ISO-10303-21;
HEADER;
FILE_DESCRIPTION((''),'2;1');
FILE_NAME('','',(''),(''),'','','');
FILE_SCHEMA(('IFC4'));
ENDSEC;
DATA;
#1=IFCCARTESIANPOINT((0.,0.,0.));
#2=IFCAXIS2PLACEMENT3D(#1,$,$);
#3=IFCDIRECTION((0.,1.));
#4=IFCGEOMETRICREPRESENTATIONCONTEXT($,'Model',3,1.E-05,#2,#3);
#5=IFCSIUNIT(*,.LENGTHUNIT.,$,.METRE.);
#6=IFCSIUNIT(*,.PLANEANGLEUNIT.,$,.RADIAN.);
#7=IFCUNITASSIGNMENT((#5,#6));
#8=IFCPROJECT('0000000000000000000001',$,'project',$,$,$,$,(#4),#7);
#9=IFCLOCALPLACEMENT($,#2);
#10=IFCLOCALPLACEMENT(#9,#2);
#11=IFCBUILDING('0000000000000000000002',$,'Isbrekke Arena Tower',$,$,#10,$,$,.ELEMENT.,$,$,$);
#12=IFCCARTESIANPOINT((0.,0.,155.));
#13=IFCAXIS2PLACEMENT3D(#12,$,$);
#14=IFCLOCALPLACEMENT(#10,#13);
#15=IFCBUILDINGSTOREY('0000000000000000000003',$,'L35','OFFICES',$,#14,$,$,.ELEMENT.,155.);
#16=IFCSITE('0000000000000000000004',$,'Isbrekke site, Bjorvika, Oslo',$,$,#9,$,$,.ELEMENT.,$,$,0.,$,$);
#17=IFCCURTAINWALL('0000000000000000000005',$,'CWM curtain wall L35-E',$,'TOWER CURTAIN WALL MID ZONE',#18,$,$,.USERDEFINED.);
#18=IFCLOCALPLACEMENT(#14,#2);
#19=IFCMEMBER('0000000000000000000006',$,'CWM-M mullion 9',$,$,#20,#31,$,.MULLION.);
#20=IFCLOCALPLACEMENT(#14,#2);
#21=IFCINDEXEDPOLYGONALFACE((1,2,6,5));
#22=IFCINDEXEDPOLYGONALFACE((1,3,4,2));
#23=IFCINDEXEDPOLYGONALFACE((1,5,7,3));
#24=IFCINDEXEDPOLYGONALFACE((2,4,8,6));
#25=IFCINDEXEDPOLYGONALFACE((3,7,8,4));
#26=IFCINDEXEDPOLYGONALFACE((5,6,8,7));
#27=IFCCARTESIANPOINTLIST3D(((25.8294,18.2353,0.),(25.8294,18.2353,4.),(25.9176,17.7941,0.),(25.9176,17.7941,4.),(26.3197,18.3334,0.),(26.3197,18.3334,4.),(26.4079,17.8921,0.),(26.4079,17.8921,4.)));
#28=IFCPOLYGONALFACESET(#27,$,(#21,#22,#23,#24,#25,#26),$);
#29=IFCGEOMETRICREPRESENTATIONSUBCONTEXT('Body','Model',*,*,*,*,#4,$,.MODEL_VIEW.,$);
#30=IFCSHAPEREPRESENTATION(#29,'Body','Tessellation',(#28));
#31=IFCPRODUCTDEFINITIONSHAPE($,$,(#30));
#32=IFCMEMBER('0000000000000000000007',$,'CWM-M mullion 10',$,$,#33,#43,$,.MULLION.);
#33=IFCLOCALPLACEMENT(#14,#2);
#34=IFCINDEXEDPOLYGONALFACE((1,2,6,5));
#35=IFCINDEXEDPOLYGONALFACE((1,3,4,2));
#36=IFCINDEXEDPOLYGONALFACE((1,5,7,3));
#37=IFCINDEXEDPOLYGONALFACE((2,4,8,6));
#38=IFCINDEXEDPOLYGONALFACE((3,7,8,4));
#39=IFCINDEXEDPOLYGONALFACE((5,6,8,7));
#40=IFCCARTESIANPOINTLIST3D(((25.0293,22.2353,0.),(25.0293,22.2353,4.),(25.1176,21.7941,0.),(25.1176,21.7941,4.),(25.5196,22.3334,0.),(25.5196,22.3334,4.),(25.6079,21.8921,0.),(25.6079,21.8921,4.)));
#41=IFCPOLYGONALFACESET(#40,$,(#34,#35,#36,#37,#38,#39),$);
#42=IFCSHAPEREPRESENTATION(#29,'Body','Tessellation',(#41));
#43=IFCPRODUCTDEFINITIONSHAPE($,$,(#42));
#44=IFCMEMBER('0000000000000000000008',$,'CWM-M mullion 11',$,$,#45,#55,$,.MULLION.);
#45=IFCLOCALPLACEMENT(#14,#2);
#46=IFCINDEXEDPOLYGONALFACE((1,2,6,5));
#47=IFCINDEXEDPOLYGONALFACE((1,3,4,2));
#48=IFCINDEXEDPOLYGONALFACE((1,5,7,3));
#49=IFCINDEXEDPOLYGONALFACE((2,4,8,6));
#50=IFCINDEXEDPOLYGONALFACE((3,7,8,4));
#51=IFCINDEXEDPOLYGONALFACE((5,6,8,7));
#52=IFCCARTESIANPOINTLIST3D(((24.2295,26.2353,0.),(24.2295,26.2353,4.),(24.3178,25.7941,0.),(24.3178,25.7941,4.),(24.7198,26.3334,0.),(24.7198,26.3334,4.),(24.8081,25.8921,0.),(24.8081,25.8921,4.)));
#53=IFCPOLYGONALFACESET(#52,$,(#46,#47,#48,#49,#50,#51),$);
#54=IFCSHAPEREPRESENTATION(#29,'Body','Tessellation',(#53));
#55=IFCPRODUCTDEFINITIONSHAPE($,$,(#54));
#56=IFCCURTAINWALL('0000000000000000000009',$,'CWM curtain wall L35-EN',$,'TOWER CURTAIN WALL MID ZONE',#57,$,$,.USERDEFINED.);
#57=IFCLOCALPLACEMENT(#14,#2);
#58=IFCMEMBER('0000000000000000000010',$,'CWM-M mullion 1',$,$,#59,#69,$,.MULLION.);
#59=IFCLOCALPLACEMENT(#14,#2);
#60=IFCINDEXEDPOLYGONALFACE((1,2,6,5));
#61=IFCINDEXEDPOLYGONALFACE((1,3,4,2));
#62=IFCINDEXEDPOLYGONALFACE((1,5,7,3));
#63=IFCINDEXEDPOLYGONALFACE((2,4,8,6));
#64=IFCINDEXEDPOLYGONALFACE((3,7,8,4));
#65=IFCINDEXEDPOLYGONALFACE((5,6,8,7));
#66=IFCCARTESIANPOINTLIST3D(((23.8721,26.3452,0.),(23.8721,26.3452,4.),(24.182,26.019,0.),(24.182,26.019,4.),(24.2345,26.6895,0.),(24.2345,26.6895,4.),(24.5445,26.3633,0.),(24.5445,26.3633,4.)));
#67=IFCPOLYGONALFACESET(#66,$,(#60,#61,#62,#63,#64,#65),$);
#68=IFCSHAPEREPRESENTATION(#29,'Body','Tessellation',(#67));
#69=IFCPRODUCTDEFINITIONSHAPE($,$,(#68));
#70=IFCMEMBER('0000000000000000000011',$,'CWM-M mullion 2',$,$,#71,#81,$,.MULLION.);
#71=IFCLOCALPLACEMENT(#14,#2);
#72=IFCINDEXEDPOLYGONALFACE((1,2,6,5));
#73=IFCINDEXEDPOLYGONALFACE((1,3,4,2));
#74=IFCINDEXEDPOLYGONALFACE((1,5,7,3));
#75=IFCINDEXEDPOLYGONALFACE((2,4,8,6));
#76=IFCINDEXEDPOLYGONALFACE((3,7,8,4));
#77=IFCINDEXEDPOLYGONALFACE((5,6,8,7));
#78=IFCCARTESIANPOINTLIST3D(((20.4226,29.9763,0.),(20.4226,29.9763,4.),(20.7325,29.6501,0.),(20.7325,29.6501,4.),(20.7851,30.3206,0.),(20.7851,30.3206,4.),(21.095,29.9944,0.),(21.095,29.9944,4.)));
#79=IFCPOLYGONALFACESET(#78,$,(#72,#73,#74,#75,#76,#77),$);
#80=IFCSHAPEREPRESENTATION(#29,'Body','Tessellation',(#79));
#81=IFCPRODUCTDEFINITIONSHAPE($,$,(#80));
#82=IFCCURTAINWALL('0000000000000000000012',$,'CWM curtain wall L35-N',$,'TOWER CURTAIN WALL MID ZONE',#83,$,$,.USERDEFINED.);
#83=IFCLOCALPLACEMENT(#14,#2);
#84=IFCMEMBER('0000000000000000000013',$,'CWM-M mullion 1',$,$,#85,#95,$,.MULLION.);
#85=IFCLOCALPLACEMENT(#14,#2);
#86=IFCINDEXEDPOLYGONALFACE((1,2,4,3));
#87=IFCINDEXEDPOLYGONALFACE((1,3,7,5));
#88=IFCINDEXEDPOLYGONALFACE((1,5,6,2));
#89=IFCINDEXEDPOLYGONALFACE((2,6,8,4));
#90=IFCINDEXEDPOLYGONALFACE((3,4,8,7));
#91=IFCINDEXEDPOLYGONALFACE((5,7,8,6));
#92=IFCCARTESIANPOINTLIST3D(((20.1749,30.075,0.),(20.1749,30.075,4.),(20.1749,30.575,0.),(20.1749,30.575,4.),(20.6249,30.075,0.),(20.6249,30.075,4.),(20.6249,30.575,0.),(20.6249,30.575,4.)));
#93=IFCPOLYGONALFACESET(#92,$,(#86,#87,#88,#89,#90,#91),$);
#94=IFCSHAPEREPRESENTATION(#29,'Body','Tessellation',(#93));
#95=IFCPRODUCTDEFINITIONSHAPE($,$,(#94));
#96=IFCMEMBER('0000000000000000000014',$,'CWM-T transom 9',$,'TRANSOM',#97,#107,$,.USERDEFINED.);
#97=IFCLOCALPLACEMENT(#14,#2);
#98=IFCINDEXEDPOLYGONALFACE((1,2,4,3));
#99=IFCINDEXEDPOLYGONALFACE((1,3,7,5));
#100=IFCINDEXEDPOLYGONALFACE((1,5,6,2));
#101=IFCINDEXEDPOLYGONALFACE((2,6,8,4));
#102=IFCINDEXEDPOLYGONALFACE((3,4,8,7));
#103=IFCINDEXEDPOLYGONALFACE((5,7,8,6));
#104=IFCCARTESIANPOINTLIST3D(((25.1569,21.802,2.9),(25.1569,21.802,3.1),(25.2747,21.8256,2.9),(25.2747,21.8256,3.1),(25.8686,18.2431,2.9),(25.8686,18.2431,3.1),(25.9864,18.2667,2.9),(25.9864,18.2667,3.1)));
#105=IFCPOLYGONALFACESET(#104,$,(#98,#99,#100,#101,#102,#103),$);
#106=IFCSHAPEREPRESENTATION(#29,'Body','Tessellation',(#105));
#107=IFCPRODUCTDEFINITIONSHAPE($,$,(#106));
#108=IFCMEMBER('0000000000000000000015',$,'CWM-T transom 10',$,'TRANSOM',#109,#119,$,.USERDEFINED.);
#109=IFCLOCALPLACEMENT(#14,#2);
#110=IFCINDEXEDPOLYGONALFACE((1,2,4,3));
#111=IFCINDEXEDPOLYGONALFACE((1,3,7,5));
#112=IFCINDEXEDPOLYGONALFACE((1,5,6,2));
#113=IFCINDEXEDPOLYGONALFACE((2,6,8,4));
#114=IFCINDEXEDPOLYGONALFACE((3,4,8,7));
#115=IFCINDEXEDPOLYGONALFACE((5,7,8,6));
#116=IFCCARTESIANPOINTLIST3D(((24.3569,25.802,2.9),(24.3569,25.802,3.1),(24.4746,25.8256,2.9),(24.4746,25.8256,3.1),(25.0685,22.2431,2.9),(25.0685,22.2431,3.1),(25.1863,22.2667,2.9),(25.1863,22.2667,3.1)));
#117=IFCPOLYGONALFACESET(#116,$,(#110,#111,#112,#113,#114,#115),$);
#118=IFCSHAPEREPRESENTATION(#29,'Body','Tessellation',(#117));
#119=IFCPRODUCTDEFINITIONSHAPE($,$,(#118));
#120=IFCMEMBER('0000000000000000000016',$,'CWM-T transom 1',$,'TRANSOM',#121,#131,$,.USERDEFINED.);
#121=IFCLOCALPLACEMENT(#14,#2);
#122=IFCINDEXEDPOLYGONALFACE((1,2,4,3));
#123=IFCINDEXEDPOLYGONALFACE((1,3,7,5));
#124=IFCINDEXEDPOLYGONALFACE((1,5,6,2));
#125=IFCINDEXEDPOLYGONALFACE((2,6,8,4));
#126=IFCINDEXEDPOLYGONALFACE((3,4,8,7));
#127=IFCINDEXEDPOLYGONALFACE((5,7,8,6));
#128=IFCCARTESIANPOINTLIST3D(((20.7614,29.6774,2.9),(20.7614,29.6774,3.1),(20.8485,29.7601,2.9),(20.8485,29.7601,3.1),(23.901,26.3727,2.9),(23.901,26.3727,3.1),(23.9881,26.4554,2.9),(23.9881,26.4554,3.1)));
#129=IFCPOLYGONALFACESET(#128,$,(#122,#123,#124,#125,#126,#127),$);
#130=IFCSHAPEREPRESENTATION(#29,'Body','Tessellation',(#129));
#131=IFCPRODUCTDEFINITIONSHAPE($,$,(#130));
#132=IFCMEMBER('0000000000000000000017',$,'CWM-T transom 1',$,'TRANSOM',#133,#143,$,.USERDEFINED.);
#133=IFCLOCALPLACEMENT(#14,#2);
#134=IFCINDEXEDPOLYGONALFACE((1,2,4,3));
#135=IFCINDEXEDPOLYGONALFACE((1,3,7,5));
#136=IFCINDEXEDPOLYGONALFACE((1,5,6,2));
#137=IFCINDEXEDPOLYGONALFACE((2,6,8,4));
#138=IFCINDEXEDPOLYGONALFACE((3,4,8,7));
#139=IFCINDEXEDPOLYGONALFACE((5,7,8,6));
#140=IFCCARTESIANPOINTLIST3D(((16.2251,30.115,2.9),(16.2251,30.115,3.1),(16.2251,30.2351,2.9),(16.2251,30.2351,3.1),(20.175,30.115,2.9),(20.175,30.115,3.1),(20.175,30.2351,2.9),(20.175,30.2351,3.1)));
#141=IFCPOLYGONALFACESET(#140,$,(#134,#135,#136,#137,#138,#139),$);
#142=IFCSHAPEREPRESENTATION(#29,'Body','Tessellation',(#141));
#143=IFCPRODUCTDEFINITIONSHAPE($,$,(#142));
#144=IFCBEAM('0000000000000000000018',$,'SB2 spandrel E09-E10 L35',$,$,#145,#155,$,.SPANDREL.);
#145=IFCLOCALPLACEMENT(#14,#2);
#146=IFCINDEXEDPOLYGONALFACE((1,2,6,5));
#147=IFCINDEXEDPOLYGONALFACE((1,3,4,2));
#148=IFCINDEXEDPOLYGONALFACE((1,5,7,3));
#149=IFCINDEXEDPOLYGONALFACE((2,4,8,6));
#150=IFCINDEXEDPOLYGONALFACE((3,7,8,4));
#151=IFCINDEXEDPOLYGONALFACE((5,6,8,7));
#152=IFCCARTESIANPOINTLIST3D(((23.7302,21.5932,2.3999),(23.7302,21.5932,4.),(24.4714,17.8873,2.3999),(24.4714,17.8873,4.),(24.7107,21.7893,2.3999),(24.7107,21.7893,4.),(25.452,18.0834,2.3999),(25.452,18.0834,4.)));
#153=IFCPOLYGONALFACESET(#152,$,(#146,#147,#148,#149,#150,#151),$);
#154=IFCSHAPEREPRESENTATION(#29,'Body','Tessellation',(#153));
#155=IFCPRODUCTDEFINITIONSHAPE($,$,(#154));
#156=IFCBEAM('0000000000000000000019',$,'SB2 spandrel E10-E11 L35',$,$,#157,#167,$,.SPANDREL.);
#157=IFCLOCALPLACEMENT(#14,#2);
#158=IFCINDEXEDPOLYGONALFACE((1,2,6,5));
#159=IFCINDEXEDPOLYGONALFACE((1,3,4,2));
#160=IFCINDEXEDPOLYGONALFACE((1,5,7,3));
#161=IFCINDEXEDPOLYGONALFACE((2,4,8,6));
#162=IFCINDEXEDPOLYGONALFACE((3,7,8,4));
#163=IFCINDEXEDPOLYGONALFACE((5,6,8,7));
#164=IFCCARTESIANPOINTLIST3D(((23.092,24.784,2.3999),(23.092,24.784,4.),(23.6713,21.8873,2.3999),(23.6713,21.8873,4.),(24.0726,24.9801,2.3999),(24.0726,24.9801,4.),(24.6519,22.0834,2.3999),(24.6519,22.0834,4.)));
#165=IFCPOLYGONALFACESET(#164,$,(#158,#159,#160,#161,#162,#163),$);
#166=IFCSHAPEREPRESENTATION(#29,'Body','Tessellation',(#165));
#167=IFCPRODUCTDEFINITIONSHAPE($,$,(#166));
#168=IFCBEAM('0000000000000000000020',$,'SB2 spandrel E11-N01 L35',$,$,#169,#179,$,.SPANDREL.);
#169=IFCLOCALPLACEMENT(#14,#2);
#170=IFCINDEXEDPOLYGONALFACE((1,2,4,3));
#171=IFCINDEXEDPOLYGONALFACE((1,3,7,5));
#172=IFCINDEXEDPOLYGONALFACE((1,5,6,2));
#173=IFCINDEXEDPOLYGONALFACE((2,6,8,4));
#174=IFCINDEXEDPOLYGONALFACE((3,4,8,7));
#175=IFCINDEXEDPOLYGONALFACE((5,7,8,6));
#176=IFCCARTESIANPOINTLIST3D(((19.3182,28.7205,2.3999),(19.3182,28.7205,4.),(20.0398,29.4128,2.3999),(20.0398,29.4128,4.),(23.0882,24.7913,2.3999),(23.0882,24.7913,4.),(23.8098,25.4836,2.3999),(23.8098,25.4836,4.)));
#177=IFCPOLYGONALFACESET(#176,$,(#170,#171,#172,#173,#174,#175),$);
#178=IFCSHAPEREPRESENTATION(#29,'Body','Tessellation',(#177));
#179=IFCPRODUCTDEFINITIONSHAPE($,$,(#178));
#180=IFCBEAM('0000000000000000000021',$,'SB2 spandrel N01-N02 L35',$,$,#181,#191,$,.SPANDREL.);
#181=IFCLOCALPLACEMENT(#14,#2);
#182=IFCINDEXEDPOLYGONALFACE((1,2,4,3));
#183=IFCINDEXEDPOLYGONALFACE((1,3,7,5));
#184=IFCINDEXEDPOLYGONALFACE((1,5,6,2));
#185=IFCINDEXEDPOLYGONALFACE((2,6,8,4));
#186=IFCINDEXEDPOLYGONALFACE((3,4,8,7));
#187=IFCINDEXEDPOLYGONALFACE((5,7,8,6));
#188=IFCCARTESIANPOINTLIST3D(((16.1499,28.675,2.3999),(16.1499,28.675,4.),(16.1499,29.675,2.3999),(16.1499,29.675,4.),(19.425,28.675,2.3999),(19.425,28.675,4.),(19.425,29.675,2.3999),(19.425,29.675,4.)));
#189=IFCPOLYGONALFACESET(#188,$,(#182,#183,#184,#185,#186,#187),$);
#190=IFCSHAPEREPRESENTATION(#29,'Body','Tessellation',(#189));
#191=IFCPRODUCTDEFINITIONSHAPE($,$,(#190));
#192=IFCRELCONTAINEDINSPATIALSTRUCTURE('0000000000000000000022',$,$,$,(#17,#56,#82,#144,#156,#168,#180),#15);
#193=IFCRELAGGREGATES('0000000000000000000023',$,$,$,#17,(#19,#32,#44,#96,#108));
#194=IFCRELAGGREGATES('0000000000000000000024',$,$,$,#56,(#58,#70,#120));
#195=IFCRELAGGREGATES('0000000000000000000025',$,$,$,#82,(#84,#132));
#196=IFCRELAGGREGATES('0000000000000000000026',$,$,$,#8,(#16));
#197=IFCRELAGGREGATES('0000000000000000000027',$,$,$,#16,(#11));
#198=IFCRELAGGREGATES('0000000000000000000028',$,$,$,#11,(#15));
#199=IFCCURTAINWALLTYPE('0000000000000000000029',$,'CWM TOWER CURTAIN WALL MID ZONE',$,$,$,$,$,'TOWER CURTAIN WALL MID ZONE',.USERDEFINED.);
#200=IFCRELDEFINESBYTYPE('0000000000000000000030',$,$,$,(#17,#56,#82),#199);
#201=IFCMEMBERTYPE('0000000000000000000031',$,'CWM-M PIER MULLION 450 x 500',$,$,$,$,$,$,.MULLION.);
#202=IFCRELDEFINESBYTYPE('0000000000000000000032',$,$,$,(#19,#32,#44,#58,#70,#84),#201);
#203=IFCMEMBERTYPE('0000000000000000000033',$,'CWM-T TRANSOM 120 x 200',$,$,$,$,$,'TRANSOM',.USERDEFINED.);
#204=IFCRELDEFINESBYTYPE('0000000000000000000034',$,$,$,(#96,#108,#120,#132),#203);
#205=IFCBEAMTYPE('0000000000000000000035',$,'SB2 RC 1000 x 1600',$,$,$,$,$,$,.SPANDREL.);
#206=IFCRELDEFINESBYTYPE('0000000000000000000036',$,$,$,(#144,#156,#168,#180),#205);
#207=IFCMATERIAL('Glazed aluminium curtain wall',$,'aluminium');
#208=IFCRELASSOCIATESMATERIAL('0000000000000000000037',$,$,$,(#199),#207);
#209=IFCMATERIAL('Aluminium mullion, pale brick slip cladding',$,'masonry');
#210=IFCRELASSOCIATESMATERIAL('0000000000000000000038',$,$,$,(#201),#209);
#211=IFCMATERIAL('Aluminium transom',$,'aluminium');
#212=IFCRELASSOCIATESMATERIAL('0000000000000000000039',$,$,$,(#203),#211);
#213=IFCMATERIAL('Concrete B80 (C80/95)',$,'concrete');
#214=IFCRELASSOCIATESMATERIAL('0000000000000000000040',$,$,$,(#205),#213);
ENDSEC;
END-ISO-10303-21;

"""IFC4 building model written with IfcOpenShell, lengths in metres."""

from ifc_helpers import new_model, si_unit, direction, frame, origin, origin_2d, place, context, subcontext, project, spatial, rectangle, extrude, material, material_profile, profile_set, type_object, element, aggregate, save


model = new_model("IFC4")

# Units and contexts
model_context = context("Model", 3, precision=1e-05, world=origin(), true_north=direction((0.0, 1.0)))
body_context = subcontext(model_context, "Body", "Model", "MODEL_VIEW")
ifc_project = project(units=[si_unit("LENGTHUNIT", "METRE"), si_unit("PLANEANGLEUNIT", "RADIAN")], contexts=[model_context])

# Site, building, storey
site_placement = place(None, origin())
site = spatial("IfcSite", under=ifc_project, at=site_placement, Name="Isbrekke site, Bjorvika, Oslo", CompositionType="ELEMENT", RefElevation=0.0)
building_placement = place(site_placement, origin())
building = spatial("IfcBuilding", under=site, at=building_placement, Name="Isbrekke Arena Tower", CompositionType="ELEMENT")
storey_placement = place(building_placement, frame((0.0, 0.0, 155.0)))
storey = spatial("IfcBuildingStorey", under=building, at=storey_placement, Name="L35", Description="OFFICES", CompositionType="ELEMENT", Elevation=155.0)

# Curtain walls, members
ifc_material_1 = material(Name="Glazed aluminium curtain wall", Category="aluminium")
curtain_wall_type = type_object("IfcCurtainWallType", Name="CWM TOWER CURTAIN WALL MID ZONE", ElementType="TOWER CURTAIN WALL MID ZONE", PredefinedType="USERDEFINED", material=ifc_material_1)
curtain_wall_1_placement = place(storey_placement, origin())
curtain_wall_1 = element("IfcCurtainWall", 1, at=curtain_wall_1_placement, inside=storey, type_object=curtain_wall_type, Name="CWM curtain wall L35-E", ObjectType="TOWER CURTAIN WALL MID ZONE", PredefinedType="USERDEFINED")
ifc_material_2 = material(Name="Aluminium mullion, pale brick slip cladding", Category="masonry")
ifc_material_profile_1 = material_profile(ifc_material_2, rectangle(XDim=0.45, YDim=0.5, at=origin_2d()), Name="PIER 450X500")
ifc_profile_set_1 = profile_set([ifc_material_profile_1], Name="Aluminium mullion, pale brick slip cladding")
member_type_1 = type_object("IfcMemberType", Name="CWM-M PIER MULLION 450 x 500", PredefinedType="MULLION", material=ifc_profile_set_1)
member_1_placement = place(storey_placement, frame((26.1187, 18.0637, 0.0), z_axis=(0.0, 0.0, 1.0), x_axis=(-0.196116, 0.980581, 0.0)))
member_1 = element("IfcMember", 2, at=member_1_placement, type_object=member_type_1, Name="CWM-M mullion 9", PredefinedType="MULLION", context=body_context, shape_type="SweptSolid", body=[
    extrude(rectangle(XDim=0.45, YDim=0.5, at=origin_2d()), origin(), (0.0, 0.0, 1.0), 4.0),
])
member_2_placement = place(storey_placement, frame((25.3186, 22.0637, 0.0), z_axis=(0.0, 0.0, 1.0), x_axis=(-0.196116, 0.980581, 0.0)))
member_2 = element("IfcMember", 3, at=member_2_placement, type_object=member_type_1, Name="CWM-M mullion 10", PredefinedType="MULLION", context=body_context, shape_type="SweptSolid", body=[
    extrude(rectangle(XDim=0.45, YDim=0.5, at=origin_2d()), origin(), (0.0, 0.0, 1.0), 4.0),
])
member_3_placement = place(storey_placement, frame((24.5188, 26.0637, 0.0), z_axis=(0.0, 0.0, 1.0), x_axis=(-0.196116, 0.980581, 0.0)))
member_3 = element("IfcMember", 4, at=member_3_placement, type_object=member_type_1, Name="CWM-M mullion 11", PredefinedType="MULLION", context=body_context, shape_type="SweptSolid", body=[
    extrude(rectangle(XDim=0.45, YDim=0.5, at=origin_2d()), origin(), (0.0, 0.0, 1.0), 4.0),
])
curtain_wall_2_placement = place(storey_placement, origin())
curtain_wall_2 = element("IfcCurtainWall", 5, at=curtain_wall_2_placement, inside=storey, type_object=curtain_wall_type, Name="CWM curtain wall L35-EN", ObjectType="TOWER CURTAIN WALL MID ZONE", PredefinedType="USERDEFINED")
member_4_placement = place(storey_placement, frame((24.2083, 26.3542, 0.0), z_axis=(0.0, 0.0, 1.0), x_axis=(-0.688749, 0.724999, 0.0)))
member_4 = element("IfcMember", 6, at=member_4_placement, type_object=member_type_1, Name="CWM-M mullion 1", PredefinedType="MULLION", context=body_context, shape_type="SweptSolid", body=[
    extrude(rectangle(XDim=0.45, YDim=0.5, at=origin_2d()), origin(), (0.0, 0.0, 1.0), 4.0),
])
member_5_placement = place(storey_placement, frame((20.7588, 29.9854, 0.0), z_axis=(0.0, 0.0, 1.0), x_axis=(-0.688749, 0.724999, 0.0)))
member_5 = element("IfcMember", 7, at=member_5_placement, type_object=member_type_1, Name="CWM-M mullion 2", PredefinedType="MULLION", context=body_context, shape_type="SweptSolid", body=[
    extrude(rectangle(XDim=0.45, YDim=0.5, at=origin_2d()), origin(), (0.0, 0.0, 1.0), 4.0),
])

# Curtain wall, member
curtain_wall_3_placement = place(storey_placement, origin())
curtain_wall_3 = element("IfcCurtainWall", 8, at=curtain_wall_3_placement, inside=storey, type_object=curtain_wall_type, Name="CWM curtain wall L35-N", ObjectType="TOWER CURTAIN WALL MID ZONE", PredefinedType="USERDEFINED")
member_6_placement = place(storey_placement, frame((20.3999, 30.325, 0.0), z_axis=(0.0, 0.0, 1.0), x_axis=(-1.0, 0.0, 0.0)))
member_6 = element("IfcMember", 9, at=member_6_placement, type_object=member_type_1, Name="CWM-M mullion 1", PredefinedType="MULLION", context=body_context, shape_type="SweptSolid", body=[
    extrude(rectangle(XDim=0.45, YDim=0.5, at=origin_2d()), origin(), (0.0, 0.0, 1.0), 4.0),
])

# Members
ifc_material_3 = material(Name="Aluminium transom", Category="aluminium")
ifc_material_profile_2 = material_profile(ifc_material_3, rectangle(XDim=0.1201, YDim=0.2, at=origin_2d()), Name="TRANSOM 120X200")
ifc_profile_set_2 = profile_set([ifc_material_profile_2], Name="Aluminium transom")
member_type_2 = type_object("IfcMemberType", Name="CWM-T TRANSOM 120 x 200", ElementType="TRANSOM", PredefinedType="USERDEFINED", material=ifc_profile_set_2)
member_7_placement = place(storey_placement, frame((25.9275, 18.2549, 3.0), z_axis=(-0.19609, 0.980586, 0.0), x_axis=(-0.980586, -0.19609, 0.0)))
member_7 = element("IfcMember", 10, at=member_7_placement, type_object=member_type_2, Name="CWM-T transom 9", ObjectType="TRANSOM", PredefinedType="USERDEFINED", context=body_context, shape_type="SweptSolid", body=[
    extrude(rectangle(XDim=0.1201, YDim=0.2, at=origin_2d()), origin(), (0.0, 0.0, 1.0), 3.6294),
])
member_8_placement = place(storey_placement, frame((25.1274, 22.2549, 3.0), z_axis=(-0.19609, 0.980586, 0.0), x_axis=(-0.980586, -0.19609, 0.0)))
member_8 = element("IfcMember", 11, at=member_8_placement, type_object=member_type_2, Name="CWM-T transom 10", ObjectType="TRANSOM", PredefinedType="USERDEFINED", context=body_context, shape_type="SweptSolid", body=[
    extrude(rectangle(XDim=0.1201, YDim=0.2, at=origin_2d()), origin(), (0.0, 0.0, 1.0), 3.6294),
])
member_9_placement = place(storey_placement, frame((23.9446, 26.4141, 3.0), z_axis=(-0.688772, 0.724978, 0.0), x_axis=(-0.724978, -0.688772, 0.0)))
member_9 = element("IfcMember", 12, at=member_9_placement, type_object=member_type_2, Name="CWM-T transom 1", ObjectType="TRANSOM", PredefinedType="USERDEFINED", context=body_context, shape_type="SweptSolid", body=[
    extrude(rectangle(XDim=0.1201, YDim=0.2, at=origin_2d()), origin(), (0.0, 0.0, 1.0), 4.5583),
])
member_10_placement = place(storey_placement, frame((20.175, 30.175, 3.0), z_axis=(-1.0, 0.0, 0.0), x_axis=(0.0, -1.0, 0.0)))
member_10 = element("IfcMember", 13, at=member_10_placement, type_object=member_type_2, Name="CWM-T transom 1", ObjectType="TRANSOM", PredefinedType="USERDEFINED", context=body_context, shape_type="SweptSolid", body=[
    extrude(rectangle(XDim=0.1201, YDim=0.2, at=origin_2d()), origin(), (0.0, 0.0, 1.0), 3.95),
])

# Beams
ifc_material_4 = material(Name="Concrete B80 (C80/95)", Category="concrete")
ifc_material_profile_3 = material_profile(ifc_material_4, rectangle(XDim=1.0, YDim=1.6001, at=origin_2d()), Name="RC 1000x1600")
ifc_profile_set_3 = profile_set([ifc_material_profile_3], Name="Concrete B80 (C80/95)")
beam_type_1 = type_object("IfcBeamType", Name="SB2 RC 1000 x 1600", PredefinedType="SPANDREL", material=ifc_profile_set_3)
beam_1_placement = place(storey_placement, frame((24.9617, 17.9854, 3.2), z_axis=(-0.196129, 0.980578, 0.0), x_axis=(-0.980578, -0.196129, 0.0)))
element("IfcBeam", 14, at=beam_1_placement, inside=storey, type_object=beam_type_1, Name="SB2 spandrel E09-E10 L35", PredefinedType="SPANDREL", context=body_context, shape_type="SweptSolid", body=[
    extrude(rectangle(XDim=1.0, YDim=1.6001, at=origin_2d()), origin(), (0.0, 0.0, 1.0), 3.7793),
])
beam_2_placement = place(storey_placement, frame((24.1616, 21.9854, 3.2), z_axis=(-0.196116, 0.980581, 0.0), x_axis=(-0.980581, -0.196116, 0.0)))
element("IfcBeam", 15, at=beam_2_placement, inside=storey, type_object=beam_type_1, Name="SB2 spandrel E10-E11 L35", PredefinedType="SPANDREL", context=body_context, shape_type="SweptSolid", body=[
    extrude(rectangle(XDim=1.0, YDim=1.6001, at=origin_2d()), origin(), (0.0, 0.0, 1.0), 2.9541),
])
beam_3_placement = place(storey_placement, frame((23.449, 25.1375, 3.2), z_axis=(-0.69234, 0.721572, 0.0), x_axis=(-0.721572, -0.69234, 0.0)))
element("IfcBeam", 16, at=beam_3_placement, inside=storey, type_object=beam_type_1, Name="SB2 spandrel E11-N01 L35", PredefinedType="SPANDREL", context=body_context, shape_type="SweptSolid", body=[
    extrude(rectangle(XDim=1.0, YDim=1.6001, at=origin_2d()), origin(), (0.0, 0.0, 1.0), 5.4453),
])
beam_4_placement = place(storey_placement, frame((19.425, 29.175, 3.2), z_axis=(-1.0, 0.0, 0.0), x_axis=(0.0, -1.0, 0.0)))
element("IfcBeam", 17, at=beam_4_placement, inside=storey, type_object=beam_type_1, Name="SB2 spandrel N01-N02 L35", PredefinedType="SPANDREL", context=body_context, shape_type="SweptSolid", body=[
    extrude(rectangle(XDim=1.0, YDim=1.6001, at=origin_2d()), origin(), (0.0, 0.0, 1.0), 3.2751),
])

aggregate(curtain_wall_1, [member_1, member_2, member_3, member_7, member_8])
aggregate(curtain_wall_2, [member_4, member_5, member_9])
aggregate(curtain_wall_3, [member_6, member_10])

save(model, "model.ifc")
